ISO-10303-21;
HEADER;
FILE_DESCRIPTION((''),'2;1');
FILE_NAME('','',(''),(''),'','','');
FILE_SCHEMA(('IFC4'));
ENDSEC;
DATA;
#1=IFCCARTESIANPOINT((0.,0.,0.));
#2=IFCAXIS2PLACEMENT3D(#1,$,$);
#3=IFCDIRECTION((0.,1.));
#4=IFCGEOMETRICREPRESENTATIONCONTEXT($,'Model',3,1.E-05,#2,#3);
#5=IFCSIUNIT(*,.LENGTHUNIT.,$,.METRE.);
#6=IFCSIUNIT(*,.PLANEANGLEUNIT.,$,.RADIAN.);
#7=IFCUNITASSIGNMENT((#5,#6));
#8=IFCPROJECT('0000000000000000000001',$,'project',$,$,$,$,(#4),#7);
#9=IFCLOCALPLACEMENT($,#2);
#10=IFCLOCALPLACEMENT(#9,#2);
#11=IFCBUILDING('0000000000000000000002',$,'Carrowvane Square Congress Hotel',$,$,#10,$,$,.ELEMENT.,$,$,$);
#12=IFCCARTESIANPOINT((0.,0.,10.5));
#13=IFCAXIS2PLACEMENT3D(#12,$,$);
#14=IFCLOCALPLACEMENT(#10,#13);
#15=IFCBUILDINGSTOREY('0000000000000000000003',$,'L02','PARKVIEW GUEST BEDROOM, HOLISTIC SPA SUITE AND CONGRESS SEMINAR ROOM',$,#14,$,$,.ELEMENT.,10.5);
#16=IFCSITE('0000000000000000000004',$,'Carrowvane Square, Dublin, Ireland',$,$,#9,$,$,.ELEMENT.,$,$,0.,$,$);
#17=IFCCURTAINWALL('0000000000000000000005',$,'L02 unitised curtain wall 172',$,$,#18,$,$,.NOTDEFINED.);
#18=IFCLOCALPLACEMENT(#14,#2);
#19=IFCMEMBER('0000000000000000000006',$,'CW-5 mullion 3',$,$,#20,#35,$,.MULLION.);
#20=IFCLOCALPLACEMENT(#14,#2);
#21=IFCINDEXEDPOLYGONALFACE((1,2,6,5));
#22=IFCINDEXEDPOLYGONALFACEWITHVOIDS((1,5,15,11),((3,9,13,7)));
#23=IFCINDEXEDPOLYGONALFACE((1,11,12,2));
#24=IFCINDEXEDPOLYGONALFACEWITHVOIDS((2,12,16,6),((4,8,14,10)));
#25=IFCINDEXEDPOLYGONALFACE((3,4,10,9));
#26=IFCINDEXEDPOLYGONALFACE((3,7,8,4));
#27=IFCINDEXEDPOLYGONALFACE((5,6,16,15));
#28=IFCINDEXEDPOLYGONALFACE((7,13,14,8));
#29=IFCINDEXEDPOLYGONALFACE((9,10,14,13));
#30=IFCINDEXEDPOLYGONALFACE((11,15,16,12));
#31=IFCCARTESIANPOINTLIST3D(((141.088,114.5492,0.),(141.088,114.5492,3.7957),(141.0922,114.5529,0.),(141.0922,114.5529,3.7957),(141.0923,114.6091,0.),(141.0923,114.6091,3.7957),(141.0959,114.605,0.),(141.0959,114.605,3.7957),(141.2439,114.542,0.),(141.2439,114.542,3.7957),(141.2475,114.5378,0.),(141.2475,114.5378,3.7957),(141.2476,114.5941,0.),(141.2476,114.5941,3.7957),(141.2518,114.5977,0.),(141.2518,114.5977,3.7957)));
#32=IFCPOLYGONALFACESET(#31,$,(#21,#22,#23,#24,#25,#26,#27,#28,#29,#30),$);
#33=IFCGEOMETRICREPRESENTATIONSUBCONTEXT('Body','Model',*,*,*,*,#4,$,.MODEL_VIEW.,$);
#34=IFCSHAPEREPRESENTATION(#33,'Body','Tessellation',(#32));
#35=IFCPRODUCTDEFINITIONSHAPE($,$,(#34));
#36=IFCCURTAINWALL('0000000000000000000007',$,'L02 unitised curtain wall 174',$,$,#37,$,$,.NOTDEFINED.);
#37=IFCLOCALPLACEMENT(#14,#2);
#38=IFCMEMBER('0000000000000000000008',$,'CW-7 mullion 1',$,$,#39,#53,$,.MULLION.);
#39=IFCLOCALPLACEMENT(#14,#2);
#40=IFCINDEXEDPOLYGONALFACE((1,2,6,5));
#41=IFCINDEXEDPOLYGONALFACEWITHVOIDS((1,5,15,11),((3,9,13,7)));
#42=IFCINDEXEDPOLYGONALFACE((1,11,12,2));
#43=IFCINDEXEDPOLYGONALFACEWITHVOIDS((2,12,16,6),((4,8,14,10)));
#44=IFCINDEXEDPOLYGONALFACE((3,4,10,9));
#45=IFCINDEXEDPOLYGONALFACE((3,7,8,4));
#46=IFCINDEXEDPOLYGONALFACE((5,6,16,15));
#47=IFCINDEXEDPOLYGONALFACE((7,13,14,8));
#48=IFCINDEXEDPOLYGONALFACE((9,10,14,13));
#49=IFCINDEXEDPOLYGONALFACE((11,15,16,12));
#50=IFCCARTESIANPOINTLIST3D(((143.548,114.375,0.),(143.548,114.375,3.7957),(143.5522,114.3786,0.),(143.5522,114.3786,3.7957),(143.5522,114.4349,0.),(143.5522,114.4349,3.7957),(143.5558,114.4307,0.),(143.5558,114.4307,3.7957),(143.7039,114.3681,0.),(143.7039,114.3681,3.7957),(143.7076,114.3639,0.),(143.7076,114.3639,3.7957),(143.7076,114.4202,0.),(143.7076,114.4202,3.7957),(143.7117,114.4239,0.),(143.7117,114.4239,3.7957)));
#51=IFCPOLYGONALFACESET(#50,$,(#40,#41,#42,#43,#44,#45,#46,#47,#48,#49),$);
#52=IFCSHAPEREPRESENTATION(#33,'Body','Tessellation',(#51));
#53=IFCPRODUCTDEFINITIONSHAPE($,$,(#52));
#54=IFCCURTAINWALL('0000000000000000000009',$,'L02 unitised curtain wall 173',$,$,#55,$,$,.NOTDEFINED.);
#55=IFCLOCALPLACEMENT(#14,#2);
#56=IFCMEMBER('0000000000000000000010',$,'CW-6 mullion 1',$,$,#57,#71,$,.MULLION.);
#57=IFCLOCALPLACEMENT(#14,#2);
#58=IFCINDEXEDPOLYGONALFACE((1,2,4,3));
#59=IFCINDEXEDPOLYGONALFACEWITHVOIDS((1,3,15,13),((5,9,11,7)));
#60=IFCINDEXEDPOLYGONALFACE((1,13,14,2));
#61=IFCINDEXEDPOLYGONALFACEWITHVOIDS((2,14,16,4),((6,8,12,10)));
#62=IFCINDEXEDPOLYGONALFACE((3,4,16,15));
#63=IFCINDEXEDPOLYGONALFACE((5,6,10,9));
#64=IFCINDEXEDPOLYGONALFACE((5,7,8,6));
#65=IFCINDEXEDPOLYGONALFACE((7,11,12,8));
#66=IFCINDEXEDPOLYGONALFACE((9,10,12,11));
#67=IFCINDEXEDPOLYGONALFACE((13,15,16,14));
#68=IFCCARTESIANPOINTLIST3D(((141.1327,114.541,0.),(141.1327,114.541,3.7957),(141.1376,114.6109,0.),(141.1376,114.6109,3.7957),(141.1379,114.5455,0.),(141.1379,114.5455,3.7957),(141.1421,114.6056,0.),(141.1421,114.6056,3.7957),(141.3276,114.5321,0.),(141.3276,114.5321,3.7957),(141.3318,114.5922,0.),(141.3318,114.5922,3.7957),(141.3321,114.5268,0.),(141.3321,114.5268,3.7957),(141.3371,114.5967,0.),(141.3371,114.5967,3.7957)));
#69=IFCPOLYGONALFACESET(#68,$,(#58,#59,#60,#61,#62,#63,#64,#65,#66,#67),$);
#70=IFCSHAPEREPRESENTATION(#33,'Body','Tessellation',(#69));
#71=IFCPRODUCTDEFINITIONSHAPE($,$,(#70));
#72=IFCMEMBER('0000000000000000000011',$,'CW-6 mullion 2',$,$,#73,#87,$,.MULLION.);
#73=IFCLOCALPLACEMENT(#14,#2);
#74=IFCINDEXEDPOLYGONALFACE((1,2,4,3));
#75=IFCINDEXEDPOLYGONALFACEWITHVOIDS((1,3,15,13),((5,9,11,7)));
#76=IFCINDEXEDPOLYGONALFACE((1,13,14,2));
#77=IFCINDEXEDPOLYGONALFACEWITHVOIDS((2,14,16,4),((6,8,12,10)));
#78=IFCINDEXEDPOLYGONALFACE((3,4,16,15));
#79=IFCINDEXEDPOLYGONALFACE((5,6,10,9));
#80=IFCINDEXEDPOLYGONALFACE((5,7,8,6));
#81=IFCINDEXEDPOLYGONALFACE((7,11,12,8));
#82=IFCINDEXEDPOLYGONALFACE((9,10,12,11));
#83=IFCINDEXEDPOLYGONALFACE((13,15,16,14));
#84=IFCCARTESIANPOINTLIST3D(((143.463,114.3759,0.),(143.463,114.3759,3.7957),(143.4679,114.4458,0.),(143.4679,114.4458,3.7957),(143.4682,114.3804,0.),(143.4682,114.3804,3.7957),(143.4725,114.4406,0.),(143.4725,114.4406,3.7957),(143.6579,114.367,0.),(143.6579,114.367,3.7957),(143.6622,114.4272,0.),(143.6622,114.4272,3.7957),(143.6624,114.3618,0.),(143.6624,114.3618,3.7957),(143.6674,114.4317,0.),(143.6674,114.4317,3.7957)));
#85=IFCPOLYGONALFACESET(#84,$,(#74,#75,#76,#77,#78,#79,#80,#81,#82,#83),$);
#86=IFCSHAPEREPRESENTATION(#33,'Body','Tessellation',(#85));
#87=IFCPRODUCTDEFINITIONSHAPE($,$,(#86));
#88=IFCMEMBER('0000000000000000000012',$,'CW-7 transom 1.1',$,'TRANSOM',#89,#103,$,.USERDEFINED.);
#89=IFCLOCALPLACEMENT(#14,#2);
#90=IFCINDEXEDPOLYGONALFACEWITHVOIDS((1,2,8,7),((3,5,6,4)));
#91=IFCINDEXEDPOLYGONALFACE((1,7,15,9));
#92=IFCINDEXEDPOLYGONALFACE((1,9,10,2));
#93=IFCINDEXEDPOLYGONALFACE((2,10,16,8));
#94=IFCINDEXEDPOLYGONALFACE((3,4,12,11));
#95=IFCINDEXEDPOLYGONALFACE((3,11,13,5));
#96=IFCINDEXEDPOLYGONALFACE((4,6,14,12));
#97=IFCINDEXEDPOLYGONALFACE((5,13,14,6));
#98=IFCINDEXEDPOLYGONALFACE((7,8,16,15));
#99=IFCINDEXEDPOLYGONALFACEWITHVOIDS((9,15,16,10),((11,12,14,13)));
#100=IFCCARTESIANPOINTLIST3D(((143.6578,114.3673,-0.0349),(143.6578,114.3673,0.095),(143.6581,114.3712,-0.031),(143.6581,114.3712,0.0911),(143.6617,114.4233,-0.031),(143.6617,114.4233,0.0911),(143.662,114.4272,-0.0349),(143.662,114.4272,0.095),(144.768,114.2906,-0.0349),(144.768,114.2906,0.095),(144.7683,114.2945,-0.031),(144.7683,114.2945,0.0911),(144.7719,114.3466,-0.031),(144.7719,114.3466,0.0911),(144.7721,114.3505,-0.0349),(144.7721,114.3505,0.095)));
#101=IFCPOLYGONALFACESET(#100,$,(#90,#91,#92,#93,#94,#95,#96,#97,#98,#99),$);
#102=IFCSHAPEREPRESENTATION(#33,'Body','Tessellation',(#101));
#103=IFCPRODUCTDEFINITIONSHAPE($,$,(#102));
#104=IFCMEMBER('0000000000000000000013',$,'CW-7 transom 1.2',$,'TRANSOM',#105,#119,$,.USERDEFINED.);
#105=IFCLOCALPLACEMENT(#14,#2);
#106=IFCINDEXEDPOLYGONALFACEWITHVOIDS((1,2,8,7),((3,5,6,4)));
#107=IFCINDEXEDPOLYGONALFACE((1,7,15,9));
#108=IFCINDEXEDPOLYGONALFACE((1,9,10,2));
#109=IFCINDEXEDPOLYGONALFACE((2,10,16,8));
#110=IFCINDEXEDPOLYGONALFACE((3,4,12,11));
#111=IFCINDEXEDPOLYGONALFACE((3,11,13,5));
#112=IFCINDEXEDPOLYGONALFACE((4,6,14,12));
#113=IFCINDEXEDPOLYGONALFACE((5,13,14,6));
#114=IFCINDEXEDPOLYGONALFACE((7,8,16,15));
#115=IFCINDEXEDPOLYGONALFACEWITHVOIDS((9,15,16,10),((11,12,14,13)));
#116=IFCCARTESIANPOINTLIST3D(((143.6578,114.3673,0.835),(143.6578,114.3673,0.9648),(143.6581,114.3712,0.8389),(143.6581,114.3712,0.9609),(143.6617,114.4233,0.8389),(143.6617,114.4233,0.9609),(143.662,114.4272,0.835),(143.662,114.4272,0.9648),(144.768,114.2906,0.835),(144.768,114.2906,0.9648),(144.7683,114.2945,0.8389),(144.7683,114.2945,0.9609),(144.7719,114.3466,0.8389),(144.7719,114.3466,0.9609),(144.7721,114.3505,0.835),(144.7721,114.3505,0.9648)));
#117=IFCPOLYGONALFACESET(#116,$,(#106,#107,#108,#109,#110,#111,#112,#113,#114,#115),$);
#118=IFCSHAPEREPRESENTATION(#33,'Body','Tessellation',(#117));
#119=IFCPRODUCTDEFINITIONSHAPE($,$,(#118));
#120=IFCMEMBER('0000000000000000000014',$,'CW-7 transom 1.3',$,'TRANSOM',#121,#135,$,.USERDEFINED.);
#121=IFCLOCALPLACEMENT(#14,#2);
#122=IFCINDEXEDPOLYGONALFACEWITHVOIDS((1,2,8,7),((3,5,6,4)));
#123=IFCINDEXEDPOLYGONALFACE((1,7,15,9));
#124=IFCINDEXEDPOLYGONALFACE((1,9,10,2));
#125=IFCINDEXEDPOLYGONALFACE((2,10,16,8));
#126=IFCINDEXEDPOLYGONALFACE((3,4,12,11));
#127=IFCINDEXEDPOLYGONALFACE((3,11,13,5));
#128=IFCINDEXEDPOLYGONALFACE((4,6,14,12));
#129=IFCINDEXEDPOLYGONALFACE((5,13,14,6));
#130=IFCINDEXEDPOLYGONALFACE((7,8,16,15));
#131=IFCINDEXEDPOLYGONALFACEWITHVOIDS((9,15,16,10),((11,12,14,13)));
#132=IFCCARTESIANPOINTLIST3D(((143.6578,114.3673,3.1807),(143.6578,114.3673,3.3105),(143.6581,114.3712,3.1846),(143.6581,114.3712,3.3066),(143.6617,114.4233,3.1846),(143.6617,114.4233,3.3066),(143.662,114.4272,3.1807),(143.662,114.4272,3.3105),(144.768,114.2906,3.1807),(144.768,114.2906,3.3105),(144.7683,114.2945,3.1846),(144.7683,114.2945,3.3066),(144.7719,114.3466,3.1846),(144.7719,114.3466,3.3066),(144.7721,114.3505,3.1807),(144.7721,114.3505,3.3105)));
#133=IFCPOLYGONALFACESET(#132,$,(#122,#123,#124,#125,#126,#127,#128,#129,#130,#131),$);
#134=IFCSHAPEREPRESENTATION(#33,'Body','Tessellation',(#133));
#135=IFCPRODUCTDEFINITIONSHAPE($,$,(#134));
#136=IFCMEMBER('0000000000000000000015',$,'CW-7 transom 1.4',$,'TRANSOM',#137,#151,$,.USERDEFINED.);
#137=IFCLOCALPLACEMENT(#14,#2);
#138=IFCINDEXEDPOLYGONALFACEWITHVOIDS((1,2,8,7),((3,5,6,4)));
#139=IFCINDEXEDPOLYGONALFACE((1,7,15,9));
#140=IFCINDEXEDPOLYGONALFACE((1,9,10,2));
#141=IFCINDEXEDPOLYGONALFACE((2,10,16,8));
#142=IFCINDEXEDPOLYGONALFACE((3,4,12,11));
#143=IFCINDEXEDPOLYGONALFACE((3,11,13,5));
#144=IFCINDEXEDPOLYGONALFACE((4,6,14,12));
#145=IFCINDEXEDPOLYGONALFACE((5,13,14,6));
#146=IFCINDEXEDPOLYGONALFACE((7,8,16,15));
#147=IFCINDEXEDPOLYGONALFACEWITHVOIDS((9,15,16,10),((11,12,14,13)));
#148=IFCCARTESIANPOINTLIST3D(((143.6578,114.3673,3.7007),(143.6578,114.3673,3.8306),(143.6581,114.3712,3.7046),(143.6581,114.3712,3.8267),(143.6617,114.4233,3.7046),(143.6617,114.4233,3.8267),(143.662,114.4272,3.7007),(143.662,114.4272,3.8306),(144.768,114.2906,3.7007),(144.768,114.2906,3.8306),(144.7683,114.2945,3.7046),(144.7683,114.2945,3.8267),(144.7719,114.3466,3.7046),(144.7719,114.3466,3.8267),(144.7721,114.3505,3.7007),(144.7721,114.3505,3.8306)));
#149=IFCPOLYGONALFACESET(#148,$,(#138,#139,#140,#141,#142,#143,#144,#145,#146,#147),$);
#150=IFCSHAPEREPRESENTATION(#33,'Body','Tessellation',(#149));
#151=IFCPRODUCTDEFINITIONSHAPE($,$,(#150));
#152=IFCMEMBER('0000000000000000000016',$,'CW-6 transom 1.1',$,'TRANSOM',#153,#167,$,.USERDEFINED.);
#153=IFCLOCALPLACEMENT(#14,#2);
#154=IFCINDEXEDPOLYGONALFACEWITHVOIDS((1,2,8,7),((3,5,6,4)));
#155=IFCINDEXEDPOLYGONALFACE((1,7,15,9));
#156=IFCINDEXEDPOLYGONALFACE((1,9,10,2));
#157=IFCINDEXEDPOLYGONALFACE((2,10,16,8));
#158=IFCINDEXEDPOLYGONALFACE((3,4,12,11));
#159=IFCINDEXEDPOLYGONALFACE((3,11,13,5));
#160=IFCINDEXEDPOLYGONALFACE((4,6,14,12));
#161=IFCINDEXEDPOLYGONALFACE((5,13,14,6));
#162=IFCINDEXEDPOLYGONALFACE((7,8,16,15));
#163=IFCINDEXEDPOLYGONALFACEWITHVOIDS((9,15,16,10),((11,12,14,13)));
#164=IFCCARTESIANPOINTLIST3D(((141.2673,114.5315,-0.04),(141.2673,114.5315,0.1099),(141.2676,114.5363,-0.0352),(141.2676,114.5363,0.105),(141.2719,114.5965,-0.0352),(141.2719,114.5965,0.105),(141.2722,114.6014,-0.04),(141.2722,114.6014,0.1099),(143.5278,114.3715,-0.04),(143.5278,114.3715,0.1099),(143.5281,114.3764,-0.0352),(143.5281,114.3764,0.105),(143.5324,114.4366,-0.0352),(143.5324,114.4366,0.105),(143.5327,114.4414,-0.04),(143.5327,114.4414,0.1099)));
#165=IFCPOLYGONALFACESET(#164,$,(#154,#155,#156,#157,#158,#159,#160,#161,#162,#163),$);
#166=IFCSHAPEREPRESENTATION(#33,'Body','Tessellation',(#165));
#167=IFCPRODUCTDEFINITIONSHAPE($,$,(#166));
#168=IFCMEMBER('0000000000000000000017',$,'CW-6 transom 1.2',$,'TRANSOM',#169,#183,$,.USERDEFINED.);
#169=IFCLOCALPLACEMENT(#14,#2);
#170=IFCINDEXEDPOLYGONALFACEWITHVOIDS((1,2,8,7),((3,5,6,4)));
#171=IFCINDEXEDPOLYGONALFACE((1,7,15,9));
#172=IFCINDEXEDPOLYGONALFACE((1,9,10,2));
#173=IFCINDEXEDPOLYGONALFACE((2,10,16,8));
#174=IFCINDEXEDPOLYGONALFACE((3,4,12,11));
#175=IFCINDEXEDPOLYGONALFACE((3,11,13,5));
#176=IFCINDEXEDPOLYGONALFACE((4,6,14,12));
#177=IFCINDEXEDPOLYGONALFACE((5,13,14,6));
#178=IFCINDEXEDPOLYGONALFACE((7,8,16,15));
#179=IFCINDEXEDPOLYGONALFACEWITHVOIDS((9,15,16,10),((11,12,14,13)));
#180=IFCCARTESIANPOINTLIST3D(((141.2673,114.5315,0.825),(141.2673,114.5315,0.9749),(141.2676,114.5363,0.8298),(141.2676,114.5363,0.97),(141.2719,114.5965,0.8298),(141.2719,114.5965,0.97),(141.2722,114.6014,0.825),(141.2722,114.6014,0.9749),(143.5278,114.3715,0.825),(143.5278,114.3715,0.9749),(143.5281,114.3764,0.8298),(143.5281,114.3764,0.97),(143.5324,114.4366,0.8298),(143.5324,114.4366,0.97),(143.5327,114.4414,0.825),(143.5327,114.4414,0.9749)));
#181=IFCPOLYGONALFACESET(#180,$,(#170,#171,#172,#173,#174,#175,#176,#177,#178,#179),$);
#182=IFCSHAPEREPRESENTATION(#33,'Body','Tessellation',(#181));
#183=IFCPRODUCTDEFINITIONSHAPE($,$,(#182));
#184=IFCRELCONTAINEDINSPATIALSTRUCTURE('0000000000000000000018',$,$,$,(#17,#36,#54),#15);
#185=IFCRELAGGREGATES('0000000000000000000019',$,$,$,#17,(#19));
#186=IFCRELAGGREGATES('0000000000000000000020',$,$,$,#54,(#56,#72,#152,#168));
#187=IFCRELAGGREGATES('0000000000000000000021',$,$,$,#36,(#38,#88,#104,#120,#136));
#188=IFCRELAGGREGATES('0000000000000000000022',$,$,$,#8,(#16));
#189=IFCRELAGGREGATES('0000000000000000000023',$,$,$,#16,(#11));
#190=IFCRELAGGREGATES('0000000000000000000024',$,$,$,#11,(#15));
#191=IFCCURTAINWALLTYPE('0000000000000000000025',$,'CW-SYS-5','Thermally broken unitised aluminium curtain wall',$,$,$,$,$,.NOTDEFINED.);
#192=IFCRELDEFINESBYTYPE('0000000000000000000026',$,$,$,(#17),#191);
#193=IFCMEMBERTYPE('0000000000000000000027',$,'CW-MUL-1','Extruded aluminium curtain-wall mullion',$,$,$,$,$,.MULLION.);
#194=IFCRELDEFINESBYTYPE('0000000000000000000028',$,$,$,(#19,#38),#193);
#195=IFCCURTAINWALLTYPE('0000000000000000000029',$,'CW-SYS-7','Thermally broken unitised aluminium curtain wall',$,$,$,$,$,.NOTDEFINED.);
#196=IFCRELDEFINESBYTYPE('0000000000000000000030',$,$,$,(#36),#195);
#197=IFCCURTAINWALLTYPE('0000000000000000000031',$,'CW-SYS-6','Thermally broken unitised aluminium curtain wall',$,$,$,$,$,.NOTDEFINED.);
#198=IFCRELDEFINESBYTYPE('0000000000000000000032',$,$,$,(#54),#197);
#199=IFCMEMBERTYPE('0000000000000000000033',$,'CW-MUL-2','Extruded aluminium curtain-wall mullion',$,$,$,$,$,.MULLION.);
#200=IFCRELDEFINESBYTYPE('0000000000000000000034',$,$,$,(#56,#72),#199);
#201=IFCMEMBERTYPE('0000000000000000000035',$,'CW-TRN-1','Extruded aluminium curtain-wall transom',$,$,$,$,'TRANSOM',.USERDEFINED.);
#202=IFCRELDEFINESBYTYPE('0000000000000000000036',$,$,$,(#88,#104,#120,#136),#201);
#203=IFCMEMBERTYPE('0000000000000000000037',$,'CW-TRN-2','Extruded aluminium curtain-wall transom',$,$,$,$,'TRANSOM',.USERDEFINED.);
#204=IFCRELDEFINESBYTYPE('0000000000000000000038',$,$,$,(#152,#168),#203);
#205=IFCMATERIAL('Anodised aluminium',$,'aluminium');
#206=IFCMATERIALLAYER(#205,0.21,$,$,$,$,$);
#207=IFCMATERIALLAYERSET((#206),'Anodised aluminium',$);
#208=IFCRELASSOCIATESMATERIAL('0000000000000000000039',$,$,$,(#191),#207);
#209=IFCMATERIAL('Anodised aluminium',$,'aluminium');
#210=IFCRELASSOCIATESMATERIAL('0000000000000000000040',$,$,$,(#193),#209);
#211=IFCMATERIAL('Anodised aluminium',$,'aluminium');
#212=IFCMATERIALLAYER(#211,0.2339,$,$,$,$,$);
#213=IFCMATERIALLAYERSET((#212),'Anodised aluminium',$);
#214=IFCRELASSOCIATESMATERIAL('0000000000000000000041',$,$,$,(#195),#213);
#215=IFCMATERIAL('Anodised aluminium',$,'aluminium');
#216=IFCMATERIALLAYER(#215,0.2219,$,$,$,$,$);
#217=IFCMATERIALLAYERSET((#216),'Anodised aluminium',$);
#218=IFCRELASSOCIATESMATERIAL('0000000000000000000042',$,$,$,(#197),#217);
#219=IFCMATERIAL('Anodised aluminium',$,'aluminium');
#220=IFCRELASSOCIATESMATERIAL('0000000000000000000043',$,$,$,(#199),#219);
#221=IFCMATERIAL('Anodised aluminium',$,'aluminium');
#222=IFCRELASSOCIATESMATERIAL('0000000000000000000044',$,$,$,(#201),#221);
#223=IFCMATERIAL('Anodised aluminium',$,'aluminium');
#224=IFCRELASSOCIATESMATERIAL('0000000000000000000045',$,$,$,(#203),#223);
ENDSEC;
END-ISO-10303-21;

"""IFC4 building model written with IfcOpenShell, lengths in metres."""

from ifc_helpers import new_model, si_unit, direction, frame, origin, origin_2d, place, context, subcontext, project, spatial, hollow_rectangle, extrude, material, layer, layer_set, material_profile, profile_set, type_object, element, aggregate, save


model = new_model("IFC4")

# Units and contexts
model_context = context("Model", 3, precision=1e-05, world=origin(), true_north=direction((0.0, 1.0)))
body_context = subcontext(model_context, "Body", "Model", "MODEL_VIEW")
ifc_project = project(units=[si_unit("LENGTHUNIT", "METRE"), si_unit("PLANEANGLEUNIT", "RADIAN")], contexts=[model_context])

# Site, building, storey
site_placement = place(None, origin())
site = spatial("IfcSite", under=ifc_project, at=site_placement, Name="Carrowvane Square, Dublin, Ireland", CompositionType="ELEMENT", RefElevation=0.0)
building_placement = place(site_placement, origin())
building = spatial("IfcBuilding", under=site, at=building_placement, Name="Carrowvane Square Congress Hotel", CompositionType="ELEMENT")
storey_placement = place(building_placement, frame((0.0, 0.0, 10.5)))
storey = spatial("IfcBuildingStorey", under=building, at=storey_placement, Name="L02", Description="PARKVIEW GUEST BEDROOM, HOLISTIC SPA SUITE AND CONGRESS SEMINAR ROOM", CompositionType="ELEMENT", Elevation=10.5)

# Curtain walls, members
ifc_material_1 = material(Name="Anodised aluminium", Category="aluminium")
ifc_layer_1 = layer(ifc_material_1, 0.21)
ifc_layer_set_1 = layer_set([ifc_layer_1], Name="Anodised aluminium")
curtain_wall_type_1 = type_object("IfcCurtainWallType", Name="CW-SYS-5", Description="Thermally broken unitised aluminium curtain wall", PredefinedType="NOTDEFINED", material=ifc_layer_set_1)
curtain_wall_1_placement = place(storey_placement, origin())
curtain_wall_1 = element("IfcCurtainWall", 1, at=curtain_wall_1_placement, inside=storey, type_object=curtain_wall_type_1, Name="L02 unitised curtain wall 172", PredefinedType="NOTDEFINED")
ifc_material_2 = material(Name="Anodised aluminium", Category="aluminium")
ifc_material_profile_1 = material_profile(ifc_material_2, hollow_rectangle(XDim=0.0601, YDim=0.1599, WallThickness=0.0039, at=origin_2d()), Name="CW-ML 60x160x4")
ifc_profile_set_1 = profile_set([ifc_material_profile_1], Name="Anodised aluminium")
member_type_1 = type_object("IfcMemberType", Name="CW-MUL-1", Description="Extruded aluminium curtain-wall mullion", PredefinedType="MULLION", material=ifc_profile_set_1)
member_1_placement = place(storey_placement, frame((141.1699, 114.5735, 0.0), z_axis=(0.0, 0.0, 1.0), x_axis=(0.071422, 0.997446, 0.0)))
member_1 = element("IfcMember", 2, at=member_1_placement, type_object=member_type_1, Name="CW-5 mullion 3", PredefinedType="MULLION", context=body_context, shape_type="SweptSolid", body=[
    extrude(hollow_rectangle(XDim=0.0601, YDim=0.1599, WallThickness=0.0039, at=origin_2d()), origin(), (0.0, 0.0, 1.0), 3.7957),
])
ifc_material_3 = material(Name="Anodised aluminium", Category="aluminium")
ifc_layer_2 = layer(ifc_material_3, 0.2339)
ifc_layer_set_2 = layer_set([ifc_layer_2], Name="Anodised aluminium")
curtain_wall_type_2 = type_object("IfcCurtainWallType", Name="CW-SYS-7", Description="Thermally broken unitised aluminium curtain wall", PredefinedType="NOTDEFINED", material=ifc_layer_set_2)
curtain_wall_2_placement = place(storey_placement, origin())
curtain_wall_2 = element("IfcCurtainWall", 3, at=curtain_wall_2_placement, inside=storey, type_object=curtain_wall_type_2, Name="L02 unitised curtain wall 174", PredefinedType="NOTDEFINED")
member_2_placement = place(storey_placement, frame((143.6299, 114.3994, 0.0), z_axis=(0.0, 0.0, 1.0), x_axis=(0.068986, 0.997618, 0.0)))
member_2 = element("IfcMember", 4, at=member_2_placement, type_object=member_type_1, Name="CW-7 mullion 1", PredefinedType="MULLION", context=body_context, shape_type="SweptSolid", body=[
    extrude(hollow_rectangle(XDim=0.0601, YDim=0.1599, WallThickness=0.0039, at=origin_2d()), origin(), (0.0, 0.0, 1.0), 3.7957),
])

# Curtain wall, members
ifc_material_4 = material(Name="Anodised aluminium", Category="aluminium")
ifc_layer_3 = layer(ifc_material_4, 0.2219)
ifc_layer_set_3 = layer_set([ifc_layer_3], Name="Anodised aluminium")
curtain_wall_type_3 = type_object("IfcCurtainWallType", Name="CW-SYS-6", Description="Thermally broken unitised aluminium curtain wall", PredefinedType="NOTDEFINED", material=ifc_layer_set_3)
curtain_wall_3_placement = place(storey_placement, origin())
curtain_wall_3 = element("IfcCurtainWall", 5, at=curtain_wall_3_placement, inside=storey, type_object=curtain_wall_type_3, Name="L02 unitised curtain wall 173", PredefinedType="NOTDEFINED")
ifc_material_5 = material(Name="Anodised aluminium", Category="aluminium")
ifc_material_profile_2 = material_profile(ifc_material_5, hollow_rectangle(XDim=0.0701, YDim=0.2, WallThickness=0.0049, at=origin_2d()), Name="CW-ML 70x200x5")
ifc_profile_set_2 = profile_set([ifc_material_profile_2], Name="Anodised aluminium")
member_type_2 = type_object("IfcMemberType", Name="CW-MUL-2", Description="Extruded aluminium curtain-wall mullion", PredefinedType="MULLION", material=ifc_profile_set_2)
member_3_placement = place(storey_placement, frame((141.2349, 114.5688, 0.0), z_axis=(0.0, 0.0, 1.0), x_axis=(0.070586, 0.997506, 0.0)))
member_3 = element("IfcMember", 6, at=member_3_placement, type_object=member_type_2, Name="CW-6 mullion 1", PredefinedType="MULLION", context=body_context, shape_type="SweptSolid", body=[
    extrude(hollow_rectangle(XDim=0.0701, YDim=0.2, WallThickness=0.0049, at=origin_2d()), origin(), (0.0, 0.0, 1.0), 3.7957),
])
member_4_placement = place(storey_placement, frame((143.5652, 114.4038, 0.0), z_axis=(0.0, 0.0, 1.0), x_axis=(0.070586, 0.997506, 0.0)))
member_4 = element("IfcMember", 7, at=member_4_placement, type_object=member_type_2, Name="CW-6 mullion 2", PredefinedType="MULLION", context=body_context, shape_type="SweptSolid", body=[
    extrude(hollow_rectangle(XDim=0.0701, YDim=0.2, WallThickness=0.0049, at=origin_2d()), origin(), (0.0, 0.0, 1.0), 3.7957),
])

# Members
ifc_material_6 = material(Name="Anodised aluminium", Category="aluminium")
ifc_material_profile_3 = material_profile(ifc_material_6, hollow_rectangle(XDim=0.0601, YDim=0.1299, WallThickness=0.0039, at=origin_2d()), Name="CW-TR 60x130x4")
ifc_profile_set_3 = profile_set([ifc_material_profile_3], Name="Anodised aluminium")
member_type_3 = type_object("IfcMemberType", Name="CW-TRN-1", Description="Extruded aluminium curtain-wall transom", ElementType="TRANSOM", PredefinedType="USERDEFINED", material=ifc_profile_set_3)
member_5_placement = place(storey_placement, frame((143.6599, 114.3972, 0.03), z_axis=(0.997624, -0.068892, 0.0), x_axis=(0.068892, 0.997624, 0.0)))
member_5 = element("IfcMember", 8, at=member_5_placement, type_object=member_type_3, Name="CW-7 transom 1.1", ObjectType="TRANSOM", PredefinedType="USERDEFINED", context=body_context, shape_type="SweptSolid", body=[
    extrude(hollow_rectangle(XDim=0.0601, YDim=0.1299, WallThickness=0.0039, at=origin_2d()), origin(), (0.0, 0.0, 1.0), 1.1128),
])
member_6_placement = place(storey_placement, frame((143.6599, 114.3972, 0.8999), z_axis=(0.997624, -0.068892, 0.0), x_axis=(0.068892, 0.997624, 0.0)))
member_6 = element("IfcMember", 9, at=member_6_placement, type_object=member_type_3, Name="CW-7 transom 1.2", ObjectType="TRANSOM", PredefinedType="USERDEFINED", context=body_context, shape_type="SweptSolid", body=[
    extrude(hollow_rectangle(XDim=0.0601, YDim=0.1299, WallThickness=0.0039, at=origin_2d()), origin(), (0.0, 0.0, 1.0), 1.1128),
])
member_7_placement = place(storey_placement, frame((143.6599, 114.3972, 3.2456), z_axis=(0.997624, -0.068892, 0.0), x_axis=(0.068892, 0.997624, 0.0)))
member_7 = element("IfcMember", 10, at=member_7_placement, type_object=member_type_3, Name="CW-7 transom 1.3", ObjectType="TRANSOM", PredefinedType="USERDEFINED", context=body_context, shape_type="SweptSolid", body=[
    extrude(hollow_rectangle(XDim=0.0601, YDim=0.1299, WallThickness=0.0039, at=origin_2d()), origin(), (0.0, 0.0, 1.0), 1.1128),
])
member_8_placement = place(storey_placement, frame((143.6599, 114.3972, 3.7656), z_axis=(0.997624, -0.068892, 0.0), x_axis=(0.068892, 0.997624, 0.0)))
member_8 = element("IfcMember", 11, at=member_8_placement, type_object=member_type_3, Name="CW-7 transom 1.4", ObjectType="TRANSOM", PredefinedType="USERDEFINED", context=body_context, shape_type="SweptSolid", body=[
    extrude(hollow_rectangle(XDim=0.0601, YDim=0.1299, WallThickness=0.0039, at=origin_2d()), origin(), (0.0, 0.0, 1.0), 1.1128),
])
ifc_material_7 = material(Name="Anodised aluminium", Category="aluminium")
ifc_material_profile_4 = material_profile(ifc_material_7, hollow_rectangle(XDim=0.0701, YDim=0.1499, WallThickness=0.0049, at=origin_2d()), Name="CW-TR 70x150x5")
ifc_profile_set_4 = profile_set([ifc_material_profile_4], Name="Anodised aluminium")
member_type_4 = type_object("IfcMemberType", Name="CW-TRN-2", Description="Extruded aluminium curtain-wall transom", ElementType="TRANSOM", PredefinedType="USERDEFINED", material=ifc_profile_set_4)
member_9_placement = place(storey_placement, frame((141.2698, 114.5664, 0.0349), z_axis=(0.997507, -0.070566, 0.0), x_axis=(0.070566, 0.997507, 0.0)))
member_9 = element("IfcMember", 12, at=member_9_placement, type_object=member_type_4, Name="CW-6 transom 1.1", ObjectType="TRANSOM", PredefinedType="USERDEFINED", context=body_context, shape_type="SweptSolid", body=[
    extrude(hollow_rectangle(XDim=0.0701, YDim=0.1499, WallThickness=0.0049, at=origin_2d()), origin(), (0.0, 0.0, 1.0), 2.2661),
])
member_10_placement = place(storey_placement, frame((141.2698, 114.5664, 0.8999), z_axis=(0.997507, -0.070566, 0.0), x_axis=(0.070566, 0.997507, 0.0)))
member_10 = element("IfcMember", 13, at=member_10_placement, type_object=member_type_4, Name="CW-6 transom 1.2", ObjectType="TRANSOM", PredefinedType="USERDEFINED", context=body_context, shape_type="SweptSolid", body=[
    extrude(hollow_rectangle(XDim=0.0701, YDim=0.1499, WallThickness=0.0049, at=origin_2d()), origin(), (0.0, 0.0, 1.0), 2.2661),
])

aggregate(curtain_wall_1, [member_1])
aggregate(curtain_wall_3, [member_3, member_4, member_9, member_10])
aggregate(curtain_wall_2, [member_2, member_5, member_6, member_7, member_8])

save(model, "model.ifc")
